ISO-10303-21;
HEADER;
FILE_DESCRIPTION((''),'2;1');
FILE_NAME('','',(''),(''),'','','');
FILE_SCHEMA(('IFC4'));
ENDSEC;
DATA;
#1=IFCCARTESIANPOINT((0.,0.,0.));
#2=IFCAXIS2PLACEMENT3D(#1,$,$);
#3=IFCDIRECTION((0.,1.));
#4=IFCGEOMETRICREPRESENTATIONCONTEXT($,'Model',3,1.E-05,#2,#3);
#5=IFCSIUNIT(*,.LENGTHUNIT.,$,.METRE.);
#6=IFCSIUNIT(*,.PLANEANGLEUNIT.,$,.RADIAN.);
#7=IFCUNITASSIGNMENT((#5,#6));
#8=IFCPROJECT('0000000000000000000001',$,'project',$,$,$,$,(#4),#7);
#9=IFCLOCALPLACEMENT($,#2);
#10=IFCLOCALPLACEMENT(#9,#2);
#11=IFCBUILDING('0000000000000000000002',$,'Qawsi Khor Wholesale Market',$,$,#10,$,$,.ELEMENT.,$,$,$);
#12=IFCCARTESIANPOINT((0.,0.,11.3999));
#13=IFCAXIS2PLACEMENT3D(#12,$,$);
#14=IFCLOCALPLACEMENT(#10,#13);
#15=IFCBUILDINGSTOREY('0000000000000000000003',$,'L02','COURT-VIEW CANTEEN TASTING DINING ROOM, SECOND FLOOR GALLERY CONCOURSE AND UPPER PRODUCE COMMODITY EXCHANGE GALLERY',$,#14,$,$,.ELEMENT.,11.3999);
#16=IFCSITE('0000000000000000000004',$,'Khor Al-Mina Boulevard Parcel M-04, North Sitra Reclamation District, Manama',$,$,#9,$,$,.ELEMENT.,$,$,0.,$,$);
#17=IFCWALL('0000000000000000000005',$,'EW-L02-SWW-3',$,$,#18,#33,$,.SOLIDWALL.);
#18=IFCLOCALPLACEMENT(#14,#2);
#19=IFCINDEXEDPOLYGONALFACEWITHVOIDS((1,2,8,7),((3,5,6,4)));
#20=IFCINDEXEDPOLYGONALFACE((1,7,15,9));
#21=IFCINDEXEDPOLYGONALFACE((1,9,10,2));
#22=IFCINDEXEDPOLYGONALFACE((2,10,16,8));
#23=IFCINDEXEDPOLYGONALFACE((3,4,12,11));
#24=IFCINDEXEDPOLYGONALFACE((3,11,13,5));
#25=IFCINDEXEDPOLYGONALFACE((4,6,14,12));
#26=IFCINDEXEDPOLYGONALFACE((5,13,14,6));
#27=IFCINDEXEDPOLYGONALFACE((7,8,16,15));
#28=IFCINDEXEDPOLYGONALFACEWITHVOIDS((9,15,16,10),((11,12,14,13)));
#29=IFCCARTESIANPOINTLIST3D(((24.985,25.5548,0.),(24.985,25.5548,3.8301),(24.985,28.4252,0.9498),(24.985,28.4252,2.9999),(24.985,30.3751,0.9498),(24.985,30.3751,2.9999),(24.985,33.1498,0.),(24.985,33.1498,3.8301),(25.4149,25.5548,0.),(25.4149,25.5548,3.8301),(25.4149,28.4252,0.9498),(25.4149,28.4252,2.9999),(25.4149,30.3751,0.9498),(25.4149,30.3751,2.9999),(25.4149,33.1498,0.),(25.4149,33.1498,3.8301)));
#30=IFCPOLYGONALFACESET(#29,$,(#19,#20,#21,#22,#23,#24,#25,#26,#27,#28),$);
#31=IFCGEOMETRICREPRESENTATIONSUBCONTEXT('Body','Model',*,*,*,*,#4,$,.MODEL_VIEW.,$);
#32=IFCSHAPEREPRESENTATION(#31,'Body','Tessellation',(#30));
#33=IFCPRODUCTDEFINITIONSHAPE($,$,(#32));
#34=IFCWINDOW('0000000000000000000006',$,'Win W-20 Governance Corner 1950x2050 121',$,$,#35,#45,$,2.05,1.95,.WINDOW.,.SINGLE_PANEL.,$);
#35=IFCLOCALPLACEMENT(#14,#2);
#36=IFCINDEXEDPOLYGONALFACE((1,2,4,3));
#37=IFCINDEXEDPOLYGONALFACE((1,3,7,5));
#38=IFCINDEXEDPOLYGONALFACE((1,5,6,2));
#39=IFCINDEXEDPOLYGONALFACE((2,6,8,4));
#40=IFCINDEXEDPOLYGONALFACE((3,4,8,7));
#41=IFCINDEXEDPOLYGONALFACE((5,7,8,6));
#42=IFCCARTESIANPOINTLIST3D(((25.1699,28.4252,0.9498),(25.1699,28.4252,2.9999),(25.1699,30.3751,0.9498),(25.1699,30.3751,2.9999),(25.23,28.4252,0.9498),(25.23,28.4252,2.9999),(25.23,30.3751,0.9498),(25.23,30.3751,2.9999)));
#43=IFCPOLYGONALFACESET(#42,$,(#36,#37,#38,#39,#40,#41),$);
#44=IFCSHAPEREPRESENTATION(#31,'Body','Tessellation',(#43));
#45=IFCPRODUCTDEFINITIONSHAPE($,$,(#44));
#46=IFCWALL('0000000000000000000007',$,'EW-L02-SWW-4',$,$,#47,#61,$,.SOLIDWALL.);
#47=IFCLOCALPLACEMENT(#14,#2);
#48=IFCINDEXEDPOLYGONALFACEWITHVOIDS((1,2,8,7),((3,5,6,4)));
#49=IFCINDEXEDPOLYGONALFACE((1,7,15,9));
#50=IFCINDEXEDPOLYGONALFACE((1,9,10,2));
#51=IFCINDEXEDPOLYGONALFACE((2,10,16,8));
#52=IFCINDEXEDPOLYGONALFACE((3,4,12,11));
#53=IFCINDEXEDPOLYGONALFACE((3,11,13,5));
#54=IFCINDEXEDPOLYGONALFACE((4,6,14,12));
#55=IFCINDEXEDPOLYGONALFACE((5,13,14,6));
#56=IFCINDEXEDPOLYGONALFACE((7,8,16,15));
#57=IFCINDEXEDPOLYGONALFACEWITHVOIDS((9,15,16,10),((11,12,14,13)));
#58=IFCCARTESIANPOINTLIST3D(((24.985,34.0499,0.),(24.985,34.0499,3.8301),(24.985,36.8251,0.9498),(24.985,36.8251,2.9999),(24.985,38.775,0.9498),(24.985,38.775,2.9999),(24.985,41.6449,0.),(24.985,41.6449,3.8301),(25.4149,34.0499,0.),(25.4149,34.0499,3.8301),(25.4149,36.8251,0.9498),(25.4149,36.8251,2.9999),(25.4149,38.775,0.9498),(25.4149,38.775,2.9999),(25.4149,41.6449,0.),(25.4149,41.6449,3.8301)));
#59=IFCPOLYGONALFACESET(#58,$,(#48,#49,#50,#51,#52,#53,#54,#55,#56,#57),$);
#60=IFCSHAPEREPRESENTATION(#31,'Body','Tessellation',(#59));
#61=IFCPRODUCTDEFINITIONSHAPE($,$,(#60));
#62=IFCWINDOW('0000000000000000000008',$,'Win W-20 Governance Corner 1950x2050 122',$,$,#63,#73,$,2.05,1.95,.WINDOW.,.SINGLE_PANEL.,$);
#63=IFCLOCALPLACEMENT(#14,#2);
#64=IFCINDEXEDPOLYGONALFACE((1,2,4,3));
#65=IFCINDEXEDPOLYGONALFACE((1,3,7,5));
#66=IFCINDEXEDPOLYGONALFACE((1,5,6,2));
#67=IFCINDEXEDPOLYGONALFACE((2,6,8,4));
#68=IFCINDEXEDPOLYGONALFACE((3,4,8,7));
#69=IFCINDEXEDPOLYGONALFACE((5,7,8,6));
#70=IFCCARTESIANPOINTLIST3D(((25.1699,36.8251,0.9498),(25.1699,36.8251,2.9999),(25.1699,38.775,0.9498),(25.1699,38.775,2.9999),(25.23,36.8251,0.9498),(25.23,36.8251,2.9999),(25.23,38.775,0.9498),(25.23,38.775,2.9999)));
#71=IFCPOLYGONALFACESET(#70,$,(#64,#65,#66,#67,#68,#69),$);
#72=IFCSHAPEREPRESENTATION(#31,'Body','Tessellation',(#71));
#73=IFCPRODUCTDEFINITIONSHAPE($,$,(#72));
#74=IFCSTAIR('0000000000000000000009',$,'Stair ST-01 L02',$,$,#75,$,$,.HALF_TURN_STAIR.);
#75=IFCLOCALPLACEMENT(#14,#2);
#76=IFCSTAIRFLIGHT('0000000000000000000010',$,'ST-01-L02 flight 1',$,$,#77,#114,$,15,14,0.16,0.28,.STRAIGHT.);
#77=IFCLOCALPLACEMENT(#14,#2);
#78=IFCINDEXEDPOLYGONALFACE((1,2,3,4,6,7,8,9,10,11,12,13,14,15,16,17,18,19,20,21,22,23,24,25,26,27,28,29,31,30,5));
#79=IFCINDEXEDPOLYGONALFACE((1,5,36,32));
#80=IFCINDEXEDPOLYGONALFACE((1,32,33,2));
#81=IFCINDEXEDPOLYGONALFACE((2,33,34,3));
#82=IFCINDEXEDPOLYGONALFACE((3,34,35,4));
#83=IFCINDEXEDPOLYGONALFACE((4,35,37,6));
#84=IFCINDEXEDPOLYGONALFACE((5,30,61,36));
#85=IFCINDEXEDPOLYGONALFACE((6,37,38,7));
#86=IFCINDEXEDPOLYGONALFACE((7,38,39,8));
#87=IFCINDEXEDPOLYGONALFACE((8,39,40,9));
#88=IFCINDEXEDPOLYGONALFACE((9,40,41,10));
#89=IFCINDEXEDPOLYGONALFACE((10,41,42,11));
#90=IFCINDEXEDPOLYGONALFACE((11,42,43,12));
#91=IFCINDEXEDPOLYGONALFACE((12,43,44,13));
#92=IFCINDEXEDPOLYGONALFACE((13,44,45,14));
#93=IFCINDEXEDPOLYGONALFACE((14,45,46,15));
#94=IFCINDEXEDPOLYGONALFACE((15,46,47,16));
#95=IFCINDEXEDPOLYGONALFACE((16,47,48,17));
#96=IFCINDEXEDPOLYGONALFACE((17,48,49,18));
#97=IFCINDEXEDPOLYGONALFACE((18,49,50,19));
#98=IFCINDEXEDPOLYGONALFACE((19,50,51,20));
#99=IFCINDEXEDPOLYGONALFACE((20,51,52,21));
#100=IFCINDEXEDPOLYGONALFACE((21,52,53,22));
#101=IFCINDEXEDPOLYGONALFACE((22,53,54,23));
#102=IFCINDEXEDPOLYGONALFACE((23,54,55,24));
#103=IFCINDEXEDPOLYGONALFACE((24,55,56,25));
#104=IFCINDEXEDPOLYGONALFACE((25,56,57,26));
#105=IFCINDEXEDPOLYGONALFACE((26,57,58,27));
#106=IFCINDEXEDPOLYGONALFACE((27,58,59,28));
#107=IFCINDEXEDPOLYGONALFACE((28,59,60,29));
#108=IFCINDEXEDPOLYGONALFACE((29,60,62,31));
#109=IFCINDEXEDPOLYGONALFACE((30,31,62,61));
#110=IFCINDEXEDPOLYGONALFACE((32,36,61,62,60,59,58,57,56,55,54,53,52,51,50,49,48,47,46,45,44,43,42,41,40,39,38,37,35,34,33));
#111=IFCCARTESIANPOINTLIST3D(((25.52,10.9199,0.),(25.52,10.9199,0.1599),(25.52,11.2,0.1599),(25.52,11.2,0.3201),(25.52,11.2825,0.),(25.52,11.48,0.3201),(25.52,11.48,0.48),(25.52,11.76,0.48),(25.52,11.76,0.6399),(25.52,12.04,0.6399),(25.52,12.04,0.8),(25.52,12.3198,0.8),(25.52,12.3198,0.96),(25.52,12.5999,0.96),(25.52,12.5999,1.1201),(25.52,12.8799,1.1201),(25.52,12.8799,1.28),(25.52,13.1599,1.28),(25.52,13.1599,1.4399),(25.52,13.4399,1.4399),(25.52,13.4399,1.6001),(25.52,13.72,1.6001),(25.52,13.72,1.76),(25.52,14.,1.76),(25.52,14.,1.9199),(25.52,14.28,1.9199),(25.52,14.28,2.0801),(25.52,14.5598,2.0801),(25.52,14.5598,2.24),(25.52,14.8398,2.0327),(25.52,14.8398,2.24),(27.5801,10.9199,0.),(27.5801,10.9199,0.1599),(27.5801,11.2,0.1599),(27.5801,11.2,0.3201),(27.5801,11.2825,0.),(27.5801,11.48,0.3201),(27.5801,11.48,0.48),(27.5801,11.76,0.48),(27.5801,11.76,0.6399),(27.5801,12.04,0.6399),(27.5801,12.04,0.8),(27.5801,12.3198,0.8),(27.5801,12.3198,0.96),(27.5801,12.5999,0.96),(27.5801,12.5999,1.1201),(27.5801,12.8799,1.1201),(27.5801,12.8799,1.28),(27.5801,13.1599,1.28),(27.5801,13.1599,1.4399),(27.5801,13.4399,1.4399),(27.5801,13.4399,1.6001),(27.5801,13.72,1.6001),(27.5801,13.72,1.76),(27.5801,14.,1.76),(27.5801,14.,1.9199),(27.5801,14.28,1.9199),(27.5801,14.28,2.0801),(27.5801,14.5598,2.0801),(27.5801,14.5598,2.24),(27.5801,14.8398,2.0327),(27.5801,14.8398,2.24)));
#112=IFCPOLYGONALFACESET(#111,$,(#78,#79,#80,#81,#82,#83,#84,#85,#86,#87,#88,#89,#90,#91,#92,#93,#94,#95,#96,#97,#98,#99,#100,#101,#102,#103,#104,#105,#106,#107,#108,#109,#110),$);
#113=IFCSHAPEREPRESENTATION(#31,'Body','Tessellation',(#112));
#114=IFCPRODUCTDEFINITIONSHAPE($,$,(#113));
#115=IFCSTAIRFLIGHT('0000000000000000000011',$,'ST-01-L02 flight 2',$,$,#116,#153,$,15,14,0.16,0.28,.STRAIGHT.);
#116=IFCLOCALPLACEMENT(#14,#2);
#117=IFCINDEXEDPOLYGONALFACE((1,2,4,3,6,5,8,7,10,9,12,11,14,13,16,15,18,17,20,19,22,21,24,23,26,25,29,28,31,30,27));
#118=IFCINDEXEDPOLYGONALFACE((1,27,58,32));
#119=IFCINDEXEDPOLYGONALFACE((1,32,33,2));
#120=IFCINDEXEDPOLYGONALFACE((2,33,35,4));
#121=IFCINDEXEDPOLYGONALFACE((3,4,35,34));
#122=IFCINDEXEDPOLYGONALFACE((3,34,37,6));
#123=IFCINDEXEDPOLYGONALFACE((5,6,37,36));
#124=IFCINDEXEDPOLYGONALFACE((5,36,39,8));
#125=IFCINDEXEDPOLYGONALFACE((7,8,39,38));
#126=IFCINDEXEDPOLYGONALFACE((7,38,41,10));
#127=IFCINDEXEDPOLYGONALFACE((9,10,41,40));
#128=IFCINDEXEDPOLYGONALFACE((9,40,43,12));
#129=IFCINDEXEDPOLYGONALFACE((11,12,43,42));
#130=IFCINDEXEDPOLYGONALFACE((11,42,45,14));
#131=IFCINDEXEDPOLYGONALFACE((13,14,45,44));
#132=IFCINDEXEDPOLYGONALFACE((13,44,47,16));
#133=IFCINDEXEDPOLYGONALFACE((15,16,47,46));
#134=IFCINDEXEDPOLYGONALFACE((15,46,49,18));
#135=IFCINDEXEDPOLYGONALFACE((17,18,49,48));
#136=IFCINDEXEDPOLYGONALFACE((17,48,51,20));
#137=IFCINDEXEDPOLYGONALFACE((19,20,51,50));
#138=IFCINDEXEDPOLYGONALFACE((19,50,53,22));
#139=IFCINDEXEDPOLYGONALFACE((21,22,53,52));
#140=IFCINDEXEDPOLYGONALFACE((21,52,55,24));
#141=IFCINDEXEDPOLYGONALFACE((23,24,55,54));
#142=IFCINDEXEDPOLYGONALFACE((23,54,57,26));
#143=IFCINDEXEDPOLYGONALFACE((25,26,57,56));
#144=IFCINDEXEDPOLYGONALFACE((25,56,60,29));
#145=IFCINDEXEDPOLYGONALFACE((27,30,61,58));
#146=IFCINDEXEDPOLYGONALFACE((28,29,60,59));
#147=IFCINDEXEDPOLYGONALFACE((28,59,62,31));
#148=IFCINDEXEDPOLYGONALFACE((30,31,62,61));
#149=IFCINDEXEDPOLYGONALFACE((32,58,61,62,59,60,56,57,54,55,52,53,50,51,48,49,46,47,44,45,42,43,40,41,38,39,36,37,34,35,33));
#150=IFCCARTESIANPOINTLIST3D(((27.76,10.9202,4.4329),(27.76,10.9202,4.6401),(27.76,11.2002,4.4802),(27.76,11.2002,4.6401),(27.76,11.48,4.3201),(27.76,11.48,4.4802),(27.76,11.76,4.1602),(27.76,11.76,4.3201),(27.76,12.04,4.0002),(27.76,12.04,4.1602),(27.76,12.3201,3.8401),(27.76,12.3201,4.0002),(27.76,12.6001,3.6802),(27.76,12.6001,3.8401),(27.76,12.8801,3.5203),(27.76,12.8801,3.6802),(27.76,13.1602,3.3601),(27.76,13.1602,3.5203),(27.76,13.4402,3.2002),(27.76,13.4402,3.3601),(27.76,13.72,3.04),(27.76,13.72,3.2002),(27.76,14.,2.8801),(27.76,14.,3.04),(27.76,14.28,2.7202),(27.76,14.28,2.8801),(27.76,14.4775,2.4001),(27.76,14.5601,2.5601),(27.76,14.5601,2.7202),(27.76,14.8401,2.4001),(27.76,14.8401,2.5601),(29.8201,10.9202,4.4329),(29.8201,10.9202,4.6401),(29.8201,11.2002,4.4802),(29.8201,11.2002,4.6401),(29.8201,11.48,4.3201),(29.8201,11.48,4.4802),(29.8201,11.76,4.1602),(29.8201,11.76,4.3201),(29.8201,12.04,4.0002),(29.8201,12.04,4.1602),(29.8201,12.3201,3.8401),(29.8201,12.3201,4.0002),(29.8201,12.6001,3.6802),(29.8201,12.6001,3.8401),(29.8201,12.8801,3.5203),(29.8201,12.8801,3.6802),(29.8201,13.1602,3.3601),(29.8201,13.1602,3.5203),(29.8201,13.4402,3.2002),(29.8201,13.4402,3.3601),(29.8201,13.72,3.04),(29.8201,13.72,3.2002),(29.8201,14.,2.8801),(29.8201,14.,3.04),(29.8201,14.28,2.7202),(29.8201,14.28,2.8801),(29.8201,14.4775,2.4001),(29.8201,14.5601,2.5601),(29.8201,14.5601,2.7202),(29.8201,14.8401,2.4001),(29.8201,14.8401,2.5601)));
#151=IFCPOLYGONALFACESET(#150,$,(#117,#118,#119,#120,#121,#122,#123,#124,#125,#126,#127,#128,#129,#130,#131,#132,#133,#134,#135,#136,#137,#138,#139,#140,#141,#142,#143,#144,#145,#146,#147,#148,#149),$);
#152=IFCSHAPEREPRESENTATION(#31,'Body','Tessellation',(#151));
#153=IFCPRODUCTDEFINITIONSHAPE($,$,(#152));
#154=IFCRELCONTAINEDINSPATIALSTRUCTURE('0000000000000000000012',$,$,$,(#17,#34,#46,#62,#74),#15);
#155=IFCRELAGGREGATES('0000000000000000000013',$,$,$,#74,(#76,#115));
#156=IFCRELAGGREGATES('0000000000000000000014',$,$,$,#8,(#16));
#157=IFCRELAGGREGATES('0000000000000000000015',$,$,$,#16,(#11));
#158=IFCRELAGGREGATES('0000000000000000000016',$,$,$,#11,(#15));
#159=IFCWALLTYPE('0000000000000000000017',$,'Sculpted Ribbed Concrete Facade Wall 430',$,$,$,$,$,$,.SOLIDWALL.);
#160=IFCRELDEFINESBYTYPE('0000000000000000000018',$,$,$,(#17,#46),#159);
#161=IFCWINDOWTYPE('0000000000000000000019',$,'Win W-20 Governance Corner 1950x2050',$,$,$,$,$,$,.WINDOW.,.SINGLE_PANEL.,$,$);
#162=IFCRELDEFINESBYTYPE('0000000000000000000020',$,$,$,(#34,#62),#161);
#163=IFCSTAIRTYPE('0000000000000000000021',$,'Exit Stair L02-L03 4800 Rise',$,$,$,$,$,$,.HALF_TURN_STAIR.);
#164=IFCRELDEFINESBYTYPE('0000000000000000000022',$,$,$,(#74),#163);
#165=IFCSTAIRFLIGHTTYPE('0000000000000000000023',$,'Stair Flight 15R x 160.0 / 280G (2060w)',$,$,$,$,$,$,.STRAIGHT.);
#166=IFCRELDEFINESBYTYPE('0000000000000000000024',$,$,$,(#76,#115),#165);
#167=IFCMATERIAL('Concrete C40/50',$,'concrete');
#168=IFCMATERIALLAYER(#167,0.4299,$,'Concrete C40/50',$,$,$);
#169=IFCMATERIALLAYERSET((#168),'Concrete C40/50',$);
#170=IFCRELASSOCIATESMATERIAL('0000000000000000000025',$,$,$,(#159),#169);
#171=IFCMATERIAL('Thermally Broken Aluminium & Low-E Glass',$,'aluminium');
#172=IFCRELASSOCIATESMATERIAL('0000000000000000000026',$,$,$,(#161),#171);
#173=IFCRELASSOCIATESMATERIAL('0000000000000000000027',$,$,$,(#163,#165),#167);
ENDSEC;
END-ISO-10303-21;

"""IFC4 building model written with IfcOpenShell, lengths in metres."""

from ifc_helpers import new_model, si_unit, direction, frame, frame_2d, origin, place, context, subcontext, project, spatial, polyline, rectangle, outline, extrude, material, layer, layer_set, type_object, element, fill, aggregate, save


model = new_model("IFC4")

# Units and contexts
model_context = context("Model", 3, precision=1e-05, world=origin(), true_north=direction((0.0, 1.0)))
body_context = subcontext(model_context, "Body", "Model", "MODEL_VIEW")
ifc_project = project(units=[si_unit("LENGTHUNIT", "METRE"), si_unit("PLANEANGLEUNIT", "RADIAN")], contexts=[model_context])

# Site, building, storey
site_placement = place(None, origin())
site = spatial("IfcSite", under=ifc_project, at=site_placement, Name="Khor Al-Mina Boulevard Parcel M-04, North Sitra Reclamation District, Manama", CompositionType="ELEMENT", RefElevation=0.0)
building_placement = place(site_placement, origin())
building = spatial("IfcBuilding", under=site, at=building_placement, Name="Qawsi Khor Wholesale Market", CompositionType="ELEMENT")
storey_placement = place(building_placement, frame((0.0, 0.0, 11.3999)))
storey = spatial("IfcBuildingStorey", under=building, at=storey_placement, Name="L02", Description="COURT-VIEW CANTEEN TASTING DINING ROOM, SECOND FLOOR GALLERY CONCOURSE AND UPPER PRODUCE COMMODITY EXCHANGE GALLERY", CompositionType="ELEMENT", Elevation=11.3999)

# Shared definitions
ifc_material_1 = material(Name="Concrete C40/50", Category="concrete")

# Walls, openings, windows
ifc_layer_1 = layer(ifc_material_1, 0.4299, Name="Concrete C40/50")
ifc_layer_set_1 = layer_set([ifc_layer_1], Name="Concrete C40/50")
wall_type_1 = type_object("IfcWallType", Name="Sculpted Ribbed Concrete Facade Wall 430", PredefinedType="SOLIDWALL", material=ifc_layer_set_1)
ifc_material_2 = material(Name="Thermally Broken Aluminium & Low-E Glass", Category="aluminium")
window_type = type_object("IfcWindowType", Name="Win W-20 Governance Corner 1950x2050", PartitioningType="SINGLE_PANEL", PredefinedType="WINDOW", material=ifc_material_2)
wall_1_placement = place(storey_placement, frame((25.2, 25.5549, 0.0), z_axis=(0.0, 0.0, 1.0), x_axis=(0.0, 1.0, 0.0)))
wall_1 = element("IfcWall", 1, at=wall_1_placement, inside=storey, type_object=wall_type_1, Name="EW-L02-SWW-3", PredefinedType="SOLIDWALL", context=body_context, shape_type="SweptSolid", body=[
    extrude(rectangle(XDim=7.595, YDim=0.4299, at=frame_2d((3.7974, 0.0))), origin(), (0.0, 0.0, 1.0), 3.8301),
])
opening_1_placement = place(wall_1_placement, frame((2.8701, 0.0, 0.95)))
opening_1 = element("IfcOpeningElement", 2, at=opening_1_placement, cuts=wall_1, PredefinedType="OPENING", context=body_context, shape_type="SweptSolid", body=[
    extrude(rectangle(XDim=1.95, YDim=2.05, at=frame_2d((0.9751, 1.0249))), frame((0.0, 0.2249, 0.0), z_axis=(0.0, -1.0, 0.0), x_axis=(1.0, 0.0, 0.0)), (0.0, 0.0, 1.0), 0.45),
])
window_1_placement = place(opening_1_placement, origin())
window_1 = element("IfcWindow", 3, at=window_1_placement, inside=storey, type_object=window_type, Name="Win W-20 Governance Corner 1950x2050 121", OverallHeight=2.05, OverallWidth=1.95, PartitioningType="SINGLE_PANEL", PredefinedType="WINDOW", context=body_context, shape_type="SweptSolid", body=[
    extrude(rectangle(XDim=1.95, YDim=2.05, at=frame_2d((0.9751, 1.0249))), frame((0.0, 0.03, 0.0), z_axis=(0.0, -1.0, 0.0), x_axis=(1.0, 0.0, 0.0)), (0.0, 0.0, 1.0), 0.0601),
])
fill(opening_1, window_1)
wall_2_placement = place(storey_placement, frame((25.2, 34.05, 0.0), z_axis=(0.0, 0.0, 1.0), x_axis=(0.0, 1.0, 0.0)))
wall_2 = element("IfcWall", 4, at=wall_2_placement, inside=storey, type_object=wall_type_1, Name="EW-L02-SWW-4", PredefinedType="SOLIDWALL", context=body_context, shape_type="SweptSolid", body=[
    extrude(rectangle(XDim=7.595, YDim=0.4299, at=frame_2d((3.7974, 0.0))), origin(), (0.0, 0.0, 1.0), 3.8301),
])
opening_2_placement = place(wall_2_placement, frame((2.7749, 0.0, 0.95)))
opening_2 = element("IfcOpeningElement", 5, at=opening_2_placement, cuts=wall_2, PredefinedType="OPENING", context=body_context, shape_type="SweptSolid", body=[
    extrude(rectangle(XDim=1.95, YDim=2.05, at=frame_2d((0.9751, 1.0249))), frame((0.0, 0.2249, 0.0), z_axis=(0.0, -1.0, 0.0), x_axis=(1.0, 0.0, 0.0)), (0.0, 0.0, 1.0), 0.45),
])
window_2_placement = place(opening_2_placement, origin())
window_2 = element("IfcWindow", 6, at=window_2_placement, inside=storey, type_object=window_type, Name="Win W-20 Governance Corner 1950x2050 122", OverallHeight=2.05, OverallWidth=1.95, PartitioningType="SINGLE_PANEL", PredefinedType="WINDOW", context=body_context, shape_type="SweptSolid", body=[
    extrude(rectangle(XDim=1.95, YDim=2.05, at=frame_2d((0.9751, 1.0249))), frame((0.0, 0.03, 0.0), z_axis=(0.0, -1.0, 0.0), x_axis=(1.0, 0.0, 0.0)), (0.0, 0.0, 1.0), 0.0601),
])
fill(opening_2, window_2)

# Stair, stair flights
stair_type = type_object("IfcStairType", Name="Exit Stair L02-L03 4800 Rise", PredefinedType="HALF_TURN_STAIR", material=ifc_material_1)
stair_placement = place(storey_placement, origin())
stair = element("IfcStair", 7, at=stair_placement, inside=storey, type_object=stair_type, Name="Stair ST-01 L02", PredefinedType="HALF_TURN_STAIR")
stair_flight_type = type_object("IfcStairFlightType", Name="Stair Flight 15R x 160.0 / 280G (2060w)", PredefinedType="STRAIGHT", material=ifc_material_1)
stair_flight_1_placement = place(storey_placement, frame((26.55, 10.9199, 0.0), z_axis=(0.0, 0.0, 1.0), x_axis=(0.0, 1.0, 0.0)))
stair_flight_1 = element("IfcStairFlight", 8, at=stair_flight_1_placement, type_object=stair_flight_type, Name="ST-01-L02 flight 1", NumberOfRisers=15, NumberOfTreads=14, PredefinedType="STRAIGHT", RiserHeight=0.16, TreadLength=0.28, context=body_context, shape_type="SweptSolid", body=[
    extrude(outline(polyline([(0.0, 0.0), (0.0, 0.1599), (0.28, 0.1599), (0.28, 0.3201), (0.5601, 0.3201), (0.5601, 0.48), (0.8401, 0.48), (0.8401, 0.6399), (1.1201, 0.6399), (1.1201, 0.8), (1.3999, 0.8), (1.3999, 0.96), (1.6799, 0.96), (1.6799, 1.1201), (1.96, 1.1201), (1.96, 1.28), (2.24, 1.28), (2.24, 1.4399), (2.52, 1.4399), (2.52, 1.6001), (2.8, 1.6001), (2.8, 1.76), (3.0801, 1.76), (3.0801, 1.9199), (3.3601, 1.9199), (3.3601, 2.0801), (3.6399, 2.0801), (3.6399, 2.24), (3.9199, 2.24), (3.9199, 2.3999), (3.9199, 2.0327), (0.3625, 0.0), (0.0, 0.0)])), frame((0.0, 1.03, 0.0), z_axis=(0.0, -1.0, 0.0), x_axis=(1.0, 0.0, 0.0)), (0.0, 0.0, 1.0), 2.0601),
])
stair_flight_2_placement = place(storey_placement, frame((28.79, 14.8401, 2.4001), z_axis=(0.0, 0.0, 1.0), x_axis=(0.0, -1.0, 0.0)))
stair_flight_2 = element("IfcStairFlight", 9, at=stair_flight_2_placement, type_object=stair_flight_type, Name="ST-01-L02 flight 2", NumberOfRisers=15, NumberOfTreads=14, PredefinedType="STRAIGHT", RiserHeight=0.16, TreadLength=0.28, context=body_context, shape_type="SweptSolid", body=[
    extrude(outline(polyline([(0.0, 0.0), (0.0, 0.1599), (0.28, 0.1599), (0.28, 0.3201), (0.5601, 0.3201), (0.5601, 0.48), (0.8401, 0.48), (0.8401, 0.6399), (1.1201, 0.6399), (1.1201, 0.8), (1.3999, 0.8), (1.3999, 0.96), (1.6799, 0.96), (1.6799, 1.1201), (1.96, 1.1201), (1.96, 1.28), (2.24, 1.28), (2.24, 1.4399), (2.52, 1.4399), (2.52, 1.6001), (2.8, 1.6001), (2.8, 1.76), (3.0801, 1.76), (3.0801, 1.9199), (3.3601, 1.9199), (3.3601, 2.0801), (3.6399, 2.0801), (3.6399, 2.24), (3.9199, 2.24), (3.9199, 2.3999), (3.9199, 2.0327), (0.3625, 0.0), (0.0, 0.0)])), frame((0.0, 1.03, 0.0), z_axis=(0.0, -1.0, 0.0), x_axis=(1.0, 0.0, 0.0)), (0.0, 0.0, 1.0), 2.0601),
])
aggregate(stair, [stair_flight_1, stair_flight_2])

save(model, "model.ifc")
